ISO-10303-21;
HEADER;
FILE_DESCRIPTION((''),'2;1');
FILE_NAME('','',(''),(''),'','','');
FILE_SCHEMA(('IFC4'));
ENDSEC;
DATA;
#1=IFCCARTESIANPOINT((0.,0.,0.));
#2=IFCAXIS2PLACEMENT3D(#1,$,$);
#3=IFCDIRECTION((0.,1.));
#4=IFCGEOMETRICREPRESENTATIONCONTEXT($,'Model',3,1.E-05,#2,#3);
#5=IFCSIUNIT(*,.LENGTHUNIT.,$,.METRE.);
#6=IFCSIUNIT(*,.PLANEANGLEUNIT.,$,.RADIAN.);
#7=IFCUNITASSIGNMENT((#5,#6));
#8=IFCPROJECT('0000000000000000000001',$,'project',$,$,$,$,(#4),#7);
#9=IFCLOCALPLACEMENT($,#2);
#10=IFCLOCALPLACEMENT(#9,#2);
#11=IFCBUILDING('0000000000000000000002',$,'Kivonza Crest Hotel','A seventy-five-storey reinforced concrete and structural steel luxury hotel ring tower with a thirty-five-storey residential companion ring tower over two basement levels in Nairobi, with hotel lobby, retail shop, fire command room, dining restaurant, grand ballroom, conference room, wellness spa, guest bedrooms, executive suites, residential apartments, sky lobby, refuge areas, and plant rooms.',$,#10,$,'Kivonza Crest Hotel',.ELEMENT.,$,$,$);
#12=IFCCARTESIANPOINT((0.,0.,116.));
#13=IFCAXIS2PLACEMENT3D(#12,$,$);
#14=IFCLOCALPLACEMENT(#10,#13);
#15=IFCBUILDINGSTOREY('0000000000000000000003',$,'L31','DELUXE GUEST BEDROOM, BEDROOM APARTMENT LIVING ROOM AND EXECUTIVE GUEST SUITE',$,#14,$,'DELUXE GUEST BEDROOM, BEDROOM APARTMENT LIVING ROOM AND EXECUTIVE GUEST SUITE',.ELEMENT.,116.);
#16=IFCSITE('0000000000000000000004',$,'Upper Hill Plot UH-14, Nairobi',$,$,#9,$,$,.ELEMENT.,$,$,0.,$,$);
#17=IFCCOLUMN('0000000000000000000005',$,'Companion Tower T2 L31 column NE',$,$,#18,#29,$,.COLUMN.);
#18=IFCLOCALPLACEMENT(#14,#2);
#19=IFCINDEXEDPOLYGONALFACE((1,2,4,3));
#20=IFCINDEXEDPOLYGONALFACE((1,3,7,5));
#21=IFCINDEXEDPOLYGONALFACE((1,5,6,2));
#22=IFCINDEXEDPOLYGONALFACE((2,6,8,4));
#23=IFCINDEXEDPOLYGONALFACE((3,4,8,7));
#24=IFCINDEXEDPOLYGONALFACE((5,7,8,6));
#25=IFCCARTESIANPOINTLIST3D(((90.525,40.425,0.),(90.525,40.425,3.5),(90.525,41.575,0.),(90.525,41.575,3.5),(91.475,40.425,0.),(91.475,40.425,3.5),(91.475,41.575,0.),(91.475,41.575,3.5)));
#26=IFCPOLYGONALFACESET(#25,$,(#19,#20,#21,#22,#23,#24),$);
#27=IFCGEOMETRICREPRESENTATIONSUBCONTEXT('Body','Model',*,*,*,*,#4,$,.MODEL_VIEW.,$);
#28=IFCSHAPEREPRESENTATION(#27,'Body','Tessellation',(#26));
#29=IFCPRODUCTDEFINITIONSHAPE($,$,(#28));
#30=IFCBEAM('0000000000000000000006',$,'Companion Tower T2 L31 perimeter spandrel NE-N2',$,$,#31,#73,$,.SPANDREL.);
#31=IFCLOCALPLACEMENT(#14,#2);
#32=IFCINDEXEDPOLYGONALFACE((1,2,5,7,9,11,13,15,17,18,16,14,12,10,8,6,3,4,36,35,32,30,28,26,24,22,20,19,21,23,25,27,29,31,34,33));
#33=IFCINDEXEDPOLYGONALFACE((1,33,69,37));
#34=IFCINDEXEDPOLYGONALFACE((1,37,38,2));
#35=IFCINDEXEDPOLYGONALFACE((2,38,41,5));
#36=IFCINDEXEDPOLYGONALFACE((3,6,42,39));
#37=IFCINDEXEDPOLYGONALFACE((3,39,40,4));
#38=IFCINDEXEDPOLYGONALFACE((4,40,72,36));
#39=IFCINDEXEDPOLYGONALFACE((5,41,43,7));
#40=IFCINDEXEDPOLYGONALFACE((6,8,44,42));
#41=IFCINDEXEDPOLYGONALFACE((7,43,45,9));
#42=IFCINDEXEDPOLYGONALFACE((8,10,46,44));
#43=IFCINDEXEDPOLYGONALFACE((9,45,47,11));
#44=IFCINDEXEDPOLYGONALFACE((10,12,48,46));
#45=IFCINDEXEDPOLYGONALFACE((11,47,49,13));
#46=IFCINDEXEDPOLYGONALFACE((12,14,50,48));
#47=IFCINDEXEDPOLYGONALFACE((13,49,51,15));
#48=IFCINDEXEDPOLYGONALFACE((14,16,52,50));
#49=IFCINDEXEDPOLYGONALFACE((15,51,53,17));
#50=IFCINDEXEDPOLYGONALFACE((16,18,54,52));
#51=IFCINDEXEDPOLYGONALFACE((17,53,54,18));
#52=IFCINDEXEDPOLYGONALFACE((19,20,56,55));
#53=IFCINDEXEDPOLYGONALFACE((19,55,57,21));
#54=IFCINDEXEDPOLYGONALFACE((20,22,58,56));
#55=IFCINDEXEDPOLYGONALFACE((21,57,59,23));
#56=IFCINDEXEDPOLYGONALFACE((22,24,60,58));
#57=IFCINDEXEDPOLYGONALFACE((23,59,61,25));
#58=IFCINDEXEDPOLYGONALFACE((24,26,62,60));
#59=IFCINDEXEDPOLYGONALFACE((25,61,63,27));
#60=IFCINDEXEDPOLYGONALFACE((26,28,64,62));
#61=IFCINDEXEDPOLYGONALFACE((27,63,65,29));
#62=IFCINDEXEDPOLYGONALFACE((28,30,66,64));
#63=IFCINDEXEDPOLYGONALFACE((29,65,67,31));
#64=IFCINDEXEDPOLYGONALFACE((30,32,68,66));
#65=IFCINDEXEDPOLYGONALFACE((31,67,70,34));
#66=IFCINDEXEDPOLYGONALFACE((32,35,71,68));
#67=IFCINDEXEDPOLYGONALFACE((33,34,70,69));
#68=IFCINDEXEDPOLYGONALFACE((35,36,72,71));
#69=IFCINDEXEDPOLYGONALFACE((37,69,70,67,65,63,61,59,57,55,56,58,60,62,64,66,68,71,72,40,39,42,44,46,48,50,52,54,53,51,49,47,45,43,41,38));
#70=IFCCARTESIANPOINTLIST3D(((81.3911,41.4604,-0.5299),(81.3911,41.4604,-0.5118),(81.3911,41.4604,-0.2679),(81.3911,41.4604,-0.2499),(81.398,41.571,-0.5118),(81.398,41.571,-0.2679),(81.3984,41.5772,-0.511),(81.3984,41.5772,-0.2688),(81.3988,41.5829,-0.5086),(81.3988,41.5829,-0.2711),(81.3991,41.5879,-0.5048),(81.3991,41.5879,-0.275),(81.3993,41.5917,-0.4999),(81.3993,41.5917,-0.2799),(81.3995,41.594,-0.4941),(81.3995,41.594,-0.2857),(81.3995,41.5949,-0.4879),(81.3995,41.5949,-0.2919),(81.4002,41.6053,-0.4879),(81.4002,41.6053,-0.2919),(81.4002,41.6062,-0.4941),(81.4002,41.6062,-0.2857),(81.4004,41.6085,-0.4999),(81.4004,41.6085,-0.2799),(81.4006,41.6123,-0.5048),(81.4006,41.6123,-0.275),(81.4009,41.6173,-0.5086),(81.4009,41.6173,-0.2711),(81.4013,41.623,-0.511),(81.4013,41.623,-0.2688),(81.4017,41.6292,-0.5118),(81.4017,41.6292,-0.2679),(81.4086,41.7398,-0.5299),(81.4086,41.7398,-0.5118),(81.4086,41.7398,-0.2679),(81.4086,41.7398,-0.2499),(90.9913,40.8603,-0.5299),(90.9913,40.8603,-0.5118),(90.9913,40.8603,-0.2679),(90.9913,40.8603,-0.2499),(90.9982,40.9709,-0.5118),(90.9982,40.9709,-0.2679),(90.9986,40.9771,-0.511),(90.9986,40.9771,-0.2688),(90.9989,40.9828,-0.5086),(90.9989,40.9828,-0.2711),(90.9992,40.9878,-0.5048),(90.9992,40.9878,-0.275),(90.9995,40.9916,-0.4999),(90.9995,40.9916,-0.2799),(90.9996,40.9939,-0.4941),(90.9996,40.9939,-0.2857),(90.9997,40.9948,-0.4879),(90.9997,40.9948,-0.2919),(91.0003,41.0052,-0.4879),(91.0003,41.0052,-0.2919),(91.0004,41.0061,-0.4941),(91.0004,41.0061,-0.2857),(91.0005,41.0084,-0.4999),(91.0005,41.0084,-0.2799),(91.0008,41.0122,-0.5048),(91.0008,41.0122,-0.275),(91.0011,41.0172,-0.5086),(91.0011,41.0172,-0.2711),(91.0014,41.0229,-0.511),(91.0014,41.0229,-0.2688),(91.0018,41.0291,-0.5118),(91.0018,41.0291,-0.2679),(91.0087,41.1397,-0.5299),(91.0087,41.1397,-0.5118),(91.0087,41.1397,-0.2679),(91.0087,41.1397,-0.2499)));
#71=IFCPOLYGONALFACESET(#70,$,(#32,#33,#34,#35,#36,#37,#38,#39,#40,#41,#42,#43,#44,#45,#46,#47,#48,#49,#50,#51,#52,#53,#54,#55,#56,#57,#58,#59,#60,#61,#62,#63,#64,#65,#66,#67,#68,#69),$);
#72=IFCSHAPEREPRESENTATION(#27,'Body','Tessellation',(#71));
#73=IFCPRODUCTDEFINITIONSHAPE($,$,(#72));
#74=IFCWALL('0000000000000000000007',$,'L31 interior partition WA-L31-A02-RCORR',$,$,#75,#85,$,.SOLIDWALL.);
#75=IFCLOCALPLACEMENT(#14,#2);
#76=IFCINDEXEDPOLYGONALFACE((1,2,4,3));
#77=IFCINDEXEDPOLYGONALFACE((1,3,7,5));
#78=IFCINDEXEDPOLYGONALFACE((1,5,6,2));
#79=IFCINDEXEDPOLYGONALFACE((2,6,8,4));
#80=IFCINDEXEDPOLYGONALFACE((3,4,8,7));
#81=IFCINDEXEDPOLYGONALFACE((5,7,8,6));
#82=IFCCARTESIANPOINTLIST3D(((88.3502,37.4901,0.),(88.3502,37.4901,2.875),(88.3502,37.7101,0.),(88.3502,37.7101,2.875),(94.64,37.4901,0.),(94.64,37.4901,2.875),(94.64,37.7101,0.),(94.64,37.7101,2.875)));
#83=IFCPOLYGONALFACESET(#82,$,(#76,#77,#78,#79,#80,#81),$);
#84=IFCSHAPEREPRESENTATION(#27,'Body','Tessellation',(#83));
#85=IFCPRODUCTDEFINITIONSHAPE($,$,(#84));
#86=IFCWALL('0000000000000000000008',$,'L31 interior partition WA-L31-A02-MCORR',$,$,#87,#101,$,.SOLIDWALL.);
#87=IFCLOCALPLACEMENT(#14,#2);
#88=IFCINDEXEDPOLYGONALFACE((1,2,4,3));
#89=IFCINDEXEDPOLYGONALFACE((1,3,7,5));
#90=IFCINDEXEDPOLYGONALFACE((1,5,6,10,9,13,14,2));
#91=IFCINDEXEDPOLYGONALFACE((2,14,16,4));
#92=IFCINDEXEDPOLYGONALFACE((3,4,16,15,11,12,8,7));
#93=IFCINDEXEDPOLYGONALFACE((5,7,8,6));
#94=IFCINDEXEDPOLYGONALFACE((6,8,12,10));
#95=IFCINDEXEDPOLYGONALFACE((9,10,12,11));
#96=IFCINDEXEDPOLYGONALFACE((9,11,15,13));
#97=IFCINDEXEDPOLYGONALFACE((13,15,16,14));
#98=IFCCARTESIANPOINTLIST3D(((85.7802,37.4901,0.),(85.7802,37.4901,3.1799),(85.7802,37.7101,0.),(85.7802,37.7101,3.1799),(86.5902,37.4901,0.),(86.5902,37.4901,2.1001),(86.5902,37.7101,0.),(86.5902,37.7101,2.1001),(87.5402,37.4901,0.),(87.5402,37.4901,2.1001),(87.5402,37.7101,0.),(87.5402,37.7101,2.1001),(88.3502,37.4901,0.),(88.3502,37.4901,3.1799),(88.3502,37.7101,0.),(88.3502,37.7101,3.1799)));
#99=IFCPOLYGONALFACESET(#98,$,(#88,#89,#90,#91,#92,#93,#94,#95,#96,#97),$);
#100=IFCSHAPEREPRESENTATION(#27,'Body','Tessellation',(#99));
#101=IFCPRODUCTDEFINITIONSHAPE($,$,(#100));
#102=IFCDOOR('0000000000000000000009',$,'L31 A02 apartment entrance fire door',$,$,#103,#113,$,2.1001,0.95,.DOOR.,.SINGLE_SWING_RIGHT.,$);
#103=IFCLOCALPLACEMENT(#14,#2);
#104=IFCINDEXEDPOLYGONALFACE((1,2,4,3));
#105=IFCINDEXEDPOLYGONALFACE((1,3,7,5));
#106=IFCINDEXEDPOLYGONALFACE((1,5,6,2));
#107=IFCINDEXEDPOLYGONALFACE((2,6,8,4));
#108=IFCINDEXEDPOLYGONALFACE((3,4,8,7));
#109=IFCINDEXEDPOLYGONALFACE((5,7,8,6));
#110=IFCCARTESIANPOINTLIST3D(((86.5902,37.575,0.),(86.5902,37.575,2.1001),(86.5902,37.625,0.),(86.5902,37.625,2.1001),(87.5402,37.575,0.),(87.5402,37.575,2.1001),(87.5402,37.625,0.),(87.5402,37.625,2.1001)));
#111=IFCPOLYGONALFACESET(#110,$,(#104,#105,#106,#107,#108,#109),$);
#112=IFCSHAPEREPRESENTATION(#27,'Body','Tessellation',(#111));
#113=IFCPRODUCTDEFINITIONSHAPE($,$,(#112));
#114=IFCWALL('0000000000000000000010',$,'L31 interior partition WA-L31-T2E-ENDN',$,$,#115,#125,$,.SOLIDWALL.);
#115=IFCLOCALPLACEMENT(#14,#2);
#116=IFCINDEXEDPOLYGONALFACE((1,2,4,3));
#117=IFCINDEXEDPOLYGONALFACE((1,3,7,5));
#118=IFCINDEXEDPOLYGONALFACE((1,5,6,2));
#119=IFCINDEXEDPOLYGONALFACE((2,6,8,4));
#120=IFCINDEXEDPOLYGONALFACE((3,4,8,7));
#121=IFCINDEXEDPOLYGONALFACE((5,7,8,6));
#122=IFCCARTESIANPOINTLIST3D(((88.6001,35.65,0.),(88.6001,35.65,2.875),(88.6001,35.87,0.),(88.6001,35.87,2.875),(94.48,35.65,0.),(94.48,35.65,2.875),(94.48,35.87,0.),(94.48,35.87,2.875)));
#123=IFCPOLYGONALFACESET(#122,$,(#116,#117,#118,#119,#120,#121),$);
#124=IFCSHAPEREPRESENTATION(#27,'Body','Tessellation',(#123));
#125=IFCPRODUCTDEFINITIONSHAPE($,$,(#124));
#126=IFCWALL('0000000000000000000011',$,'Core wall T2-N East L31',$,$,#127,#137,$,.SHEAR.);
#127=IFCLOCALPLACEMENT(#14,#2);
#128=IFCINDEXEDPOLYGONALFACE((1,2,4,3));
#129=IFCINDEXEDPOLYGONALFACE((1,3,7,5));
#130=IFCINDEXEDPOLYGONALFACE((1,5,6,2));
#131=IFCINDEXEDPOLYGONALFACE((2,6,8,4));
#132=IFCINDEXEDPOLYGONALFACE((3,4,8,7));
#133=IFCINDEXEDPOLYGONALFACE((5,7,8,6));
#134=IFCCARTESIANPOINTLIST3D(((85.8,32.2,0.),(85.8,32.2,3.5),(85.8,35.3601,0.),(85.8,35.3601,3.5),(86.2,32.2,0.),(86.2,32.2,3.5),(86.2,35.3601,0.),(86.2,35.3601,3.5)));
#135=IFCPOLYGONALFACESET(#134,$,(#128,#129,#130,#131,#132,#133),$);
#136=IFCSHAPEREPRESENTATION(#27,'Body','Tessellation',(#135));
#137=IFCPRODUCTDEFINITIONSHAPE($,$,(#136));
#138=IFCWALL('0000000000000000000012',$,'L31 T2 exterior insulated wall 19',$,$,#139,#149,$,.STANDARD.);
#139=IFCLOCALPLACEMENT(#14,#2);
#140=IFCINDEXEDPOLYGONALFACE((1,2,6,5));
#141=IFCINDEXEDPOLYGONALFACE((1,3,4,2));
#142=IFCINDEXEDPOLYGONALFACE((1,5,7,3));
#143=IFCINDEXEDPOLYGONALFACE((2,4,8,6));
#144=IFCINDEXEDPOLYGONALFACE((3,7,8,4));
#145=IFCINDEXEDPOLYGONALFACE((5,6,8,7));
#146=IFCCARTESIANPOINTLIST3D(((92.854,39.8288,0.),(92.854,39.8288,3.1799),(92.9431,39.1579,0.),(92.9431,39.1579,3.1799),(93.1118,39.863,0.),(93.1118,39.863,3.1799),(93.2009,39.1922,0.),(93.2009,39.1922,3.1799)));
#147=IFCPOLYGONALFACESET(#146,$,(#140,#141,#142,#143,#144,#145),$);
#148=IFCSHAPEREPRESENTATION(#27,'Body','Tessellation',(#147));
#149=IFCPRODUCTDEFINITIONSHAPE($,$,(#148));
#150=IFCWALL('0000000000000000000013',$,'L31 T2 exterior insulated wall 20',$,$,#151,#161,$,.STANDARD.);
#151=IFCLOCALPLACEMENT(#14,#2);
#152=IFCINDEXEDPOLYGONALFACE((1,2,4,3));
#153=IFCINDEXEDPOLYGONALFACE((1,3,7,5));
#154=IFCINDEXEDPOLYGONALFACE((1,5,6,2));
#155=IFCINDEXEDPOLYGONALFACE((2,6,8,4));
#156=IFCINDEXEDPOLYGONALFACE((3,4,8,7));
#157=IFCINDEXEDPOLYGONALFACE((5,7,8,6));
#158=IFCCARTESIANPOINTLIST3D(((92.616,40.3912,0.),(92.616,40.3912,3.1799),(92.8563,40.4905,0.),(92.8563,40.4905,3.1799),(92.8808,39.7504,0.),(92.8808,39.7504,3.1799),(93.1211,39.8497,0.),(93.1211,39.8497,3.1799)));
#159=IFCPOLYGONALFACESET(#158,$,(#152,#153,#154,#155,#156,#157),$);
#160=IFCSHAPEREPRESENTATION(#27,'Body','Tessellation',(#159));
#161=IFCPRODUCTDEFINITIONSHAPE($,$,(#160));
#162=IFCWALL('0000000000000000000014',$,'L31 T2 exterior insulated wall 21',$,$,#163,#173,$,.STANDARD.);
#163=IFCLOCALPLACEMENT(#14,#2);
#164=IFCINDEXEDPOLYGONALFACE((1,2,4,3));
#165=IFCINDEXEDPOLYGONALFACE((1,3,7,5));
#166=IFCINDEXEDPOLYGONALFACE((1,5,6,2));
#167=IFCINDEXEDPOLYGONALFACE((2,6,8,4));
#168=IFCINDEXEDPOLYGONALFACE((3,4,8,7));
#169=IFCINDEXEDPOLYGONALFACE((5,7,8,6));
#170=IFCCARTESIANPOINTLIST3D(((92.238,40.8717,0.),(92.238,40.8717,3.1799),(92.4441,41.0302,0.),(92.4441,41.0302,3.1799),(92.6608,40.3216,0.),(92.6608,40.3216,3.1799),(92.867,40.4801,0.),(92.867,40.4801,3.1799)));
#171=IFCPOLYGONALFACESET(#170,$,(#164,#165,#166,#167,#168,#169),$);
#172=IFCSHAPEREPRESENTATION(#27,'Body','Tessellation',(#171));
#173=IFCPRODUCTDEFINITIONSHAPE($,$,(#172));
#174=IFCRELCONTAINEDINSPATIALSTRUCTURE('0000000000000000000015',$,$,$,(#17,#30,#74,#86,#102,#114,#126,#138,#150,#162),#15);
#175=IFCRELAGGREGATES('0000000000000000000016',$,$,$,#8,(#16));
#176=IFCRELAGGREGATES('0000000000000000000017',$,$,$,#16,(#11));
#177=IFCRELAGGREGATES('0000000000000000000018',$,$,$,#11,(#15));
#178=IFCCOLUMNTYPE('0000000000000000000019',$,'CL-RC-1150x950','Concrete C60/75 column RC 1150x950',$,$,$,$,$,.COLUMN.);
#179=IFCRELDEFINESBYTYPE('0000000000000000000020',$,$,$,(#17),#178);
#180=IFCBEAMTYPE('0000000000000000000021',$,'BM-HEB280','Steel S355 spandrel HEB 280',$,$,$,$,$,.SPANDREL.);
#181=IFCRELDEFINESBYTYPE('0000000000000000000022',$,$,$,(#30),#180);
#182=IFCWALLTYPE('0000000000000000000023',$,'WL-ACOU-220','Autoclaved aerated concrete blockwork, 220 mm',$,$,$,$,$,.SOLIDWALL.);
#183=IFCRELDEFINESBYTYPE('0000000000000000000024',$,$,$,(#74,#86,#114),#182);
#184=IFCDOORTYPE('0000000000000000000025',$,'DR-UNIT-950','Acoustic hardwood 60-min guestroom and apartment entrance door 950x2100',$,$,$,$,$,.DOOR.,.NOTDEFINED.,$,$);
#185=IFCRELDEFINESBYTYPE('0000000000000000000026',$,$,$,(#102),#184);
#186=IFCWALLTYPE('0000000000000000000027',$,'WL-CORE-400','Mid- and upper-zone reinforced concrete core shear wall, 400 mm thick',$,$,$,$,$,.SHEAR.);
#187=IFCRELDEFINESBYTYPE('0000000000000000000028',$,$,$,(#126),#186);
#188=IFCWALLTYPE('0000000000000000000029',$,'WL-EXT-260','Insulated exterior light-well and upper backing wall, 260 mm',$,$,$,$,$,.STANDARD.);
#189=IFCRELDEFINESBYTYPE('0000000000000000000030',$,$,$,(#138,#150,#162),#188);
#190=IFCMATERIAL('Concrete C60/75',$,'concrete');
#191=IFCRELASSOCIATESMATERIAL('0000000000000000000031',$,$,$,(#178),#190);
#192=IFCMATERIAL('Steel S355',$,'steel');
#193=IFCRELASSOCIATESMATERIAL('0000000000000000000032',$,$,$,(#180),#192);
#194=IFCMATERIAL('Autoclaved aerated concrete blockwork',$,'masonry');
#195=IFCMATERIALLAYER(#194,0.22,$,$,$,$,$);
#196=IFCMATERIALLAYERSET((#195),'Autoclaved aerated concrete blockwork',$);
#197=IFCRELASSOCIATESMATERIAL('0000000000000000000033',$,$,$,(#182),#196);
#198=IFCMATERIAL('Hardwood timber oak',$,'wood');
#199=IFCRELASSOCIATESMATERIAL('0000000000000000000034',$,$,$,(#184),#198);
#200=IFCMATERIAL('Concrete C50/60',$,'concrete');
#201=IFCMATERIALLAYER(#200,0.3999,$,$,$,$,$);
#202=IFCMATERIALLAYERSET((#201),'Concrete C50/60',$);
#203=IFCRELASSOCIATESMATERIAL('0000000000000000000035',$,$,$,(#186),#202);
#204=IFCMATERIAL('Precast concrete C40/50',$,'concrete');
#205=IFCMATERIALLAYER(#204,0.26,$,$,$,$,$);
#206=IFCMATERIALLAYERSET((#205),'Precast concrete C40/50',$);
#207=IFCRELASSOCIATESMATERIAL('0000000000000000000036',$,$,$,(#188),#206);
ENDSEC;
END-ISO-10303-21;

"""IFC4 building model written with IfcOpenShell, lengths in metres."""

from ifc_helpers import new_model, si_unit, direction, frame, frame_2d, origin, origin_2d, place, context, subcontext, project, spatial, rectangle, i_section, extrude, material, layer, layer_set, material_profile, profile_set, type_object, element, fill, save


model = new_model("IFC4")

# Units and contexts
model_context = context("Model", 3, precision=1e-05, world=origin(), true_north=direction((0.0, 1.0)))
body_context = subcontext(model_context, "Body", "Model", "MODEL_VIEW")
ifc_project = project(units=[si_unit("LENGTHUNIT", "METRE"), si_unit("PLANEANGLEUNIT", "RADIAN")], contexts=[model_context])

# Site, building, storey
site_placement = place(None, origin())
site = spatial("IfcSite", under=ifc_project, at=site_placement, Name="Upper Hill Plot UH-14, Nairobi", CompositionType="ELEMENT", RefElevation=0.0)
building_placement = place(site_placement, origin())
building = spatial("IfcBuilding", under=site, at=building_placement, Name="Kivonza Crest Hotel", Description="A seventy-five-storey reinforced concrete and structural steel luxury hotel ring tower with a thirty-five-storey residential companion ring tower over two basement levels in Nairobi, with hotel lobby, retail shop, fire command room, dining restaurant, grand ballroom, conference room, wellness spa, guest bedrooms, executive suites, residential apartments, sky lobby, refuge areas, and plant rooms.", LongName="Kivonza Crest Hotel", CompositionType="ELEMENT")
storey_placement = place(building_placement, frame((0.0, 0.0, 116.0)))
storey = spatial("IfcBuildingStorey", under=building, at=storey_placement, Name="L31", Description="DELUXE GUEST BEDROOM, BEDROOM APARTMENT LIVING ROOM AND EXECUTIVE GUEST SUITE", LongName="DELUXE GUEST BEDROOM, BEDROOM APARTMENT LIVING ROOM AND EXECUTIVE GUEST SUITE", CompositionType="ELEMENT", Elevation=116.0)

# Column
ifc_material_1 = material(Name="Concrete C60/75", Category="concrete")
ifc_material_profile_1 = material_profile(ifc_material_1, rectangle(XDim=0.95, YDim=1.1499, at=origin_2d()), Name="RC 1150x950")
ifc_profile_set_1 = profile_set([ifc_material_profile_1], Name="Concrete C60/75")
column_type = type_object("IfcColumnType", Name="CL-RC-1150x950", Description="Concrete C60/75 column RC 1150x950", PredefinedType="COLUMN", material=ifc_profile_set_1)
column_placement = place(storey_placement, frame((91.0, 41.0, 0.0), z_axis=(0.0, 0.0, 1.0), x_axis=(1.0, 0.0, 0.0)))
element("IfcColumn", 1, at=column_placement, inside=storey, type_object=column_type, Name="Companion Tower T2 L31 column NE", PredefinedType="COLUMN", context=body_context, shape_type="SweptSolid", body=[
    extrude(rectangle(XDim=0.95, YDim=1.1499, at=origin_2d()), origin(), (0.0, 0.0, 1.0), 3.5),
])

# Beam
ifc_material_2 = material(Name="Steel S355", Category="steel")
ifc_material_profile_2 = material_profile(ifc_material_2, i_section(OverallWidth=0.28, OverallDepth=0.28, WebThickness=0.0105, FlangeThickness=0.0181, FilletRadius=0.0239, at=origin_2d()), Name="HEB 280")
ifc_profile_set_2 = profile_set([ifc_material_profile_2], Name="Steel S355")
beam_type = type_object("IfcBeamType", Name="BM-HEB280", Description="Steel S355 spandrel HEB 280", PredefinedType="SPANDREL", material=ifc_profile_set_2)
beam_placement = place(storey_placement, frame((91.0, 41.0, -0.3899), z_axis=(-0.998052, 0.062388, 0.0), x_axis=(-0.062388, -0.998052, 0.0)))
element("IfcBeam", 2, at=beam_placement, inside=storey, type_object=beam_type, Name="Companion Tower T2 L31 perimeter spandrel NE-N2", PredefinedType="SPANDREL", context=body_context, shape_type="SweptSolid", body=[
    extrude(i_section(OverallWidth=0.28, OverallDepth=0.28, WebThickness=0.0105, FlangeThickness=0.0181, FilletRadius=0.0239, at=origin_2d()), origin(), (0.0, 0.0, 1.0), 9.6189),
])

# Wall
ifc_material_3 = material(Name="Autoclaved aerated concrete blockwork", Category="masonry")
ifc_layer_1 = layer(ifc_material_3, 0.22)
ifc_layer_set_1 = layer_set([ifc_layer_1], Name="Autoclaved aerated concrete blockwork")
wall_type_1 = type_object("IfcWallType", Name="WL-ACOU-220", Description="Autoclaved aerated concrete blockwork, 220 mm", PredefinedType="SOLIDWALL", material=ifc_layer_set_1)
wall_1_placement = place(storey_placement, frame((88.3501, 37.6001, 0.0), z_axis=(0.0, 0.0, 1.0), x_axis=(1.0, 0.0, 0.0)))
element("IfcWall", 3, at=wall_1_placement, inside=storey, type_object=wall_type_1, Name="L31 interior partition WA-L31-A02-RCORR", PredefinedType="SOLIDWALL", context=body_context, shape_type="SweptSolid", body=[
    extrude(rectangle(XDim=6.2898, YDim=0.22, at=frame_2d((3.145, 0.0))), origin(), (0.0, 0.0, 1.0), 2.875),
])

# Wall, opening, door
wall_2_placement = place(storey_placement, frame((85.78, 37.6001, 0.0), z_axis=(0.0, 0.0, 1.0), x_axis=(1.0, 0.0, 0.0)))
wall_2 = element("IfcWall", 4, at=wall_2_placement, inside=storey, type_object=wall_type_1, Name="L31 interior partition WA-L31-A02-MCORR", PredefinedType="SOLIDWALL", context=body_context, shape_type="SweptSolid", body=[
    extrude(rectangle(XDim=2.5701, YDim=0.22, at=frame_2d((1.2852, 0.0))), origin(), (0.0, 0.0, 1.0), 3.1799),
])
opening_1_placement = place(wall_2_placement, frame((0.8101, 0.0, 0.0)))
opening_1 = element("IfcOpeningElement", 5, at=opening_1_placement, cuts=wall_2, PredefinedType="OPENING", context=body_context, shape_type="SweptSolid", body=[
    extrude(rectangle(XDim=0.95, YDim=2.1001, at=frame_2d((0.4751, 1.05))), frame((0.0, 0.1201, 0.0), z_axis=(0.0, -1.0, 0.0), x_axis=(1.0, 0.0, 0.0)), (0.0, 0.0, 1.0), 0.24),
])
ifc_material_4 = material(Name="Hardwood timber oak", Category="wood")
door_type_1 = type_object("IfcDoorType", Name="DR-UNIT-950", Description="Acoustic hardwood 60-min guestroom and apartment entrance door 950x2100", OperationType="NOTDEFINED", PredefinedType="DOOR", material=ifc_material_4)
door_1_placement = place(opening_1_placement, origin())
door_1 = element("IfcDoor", 6, at=door_1_placement, inside=storey, type_object=door_type_1, Name="L31 A02 apartment entrance fire door", OperationType="SINGLE_SWING_RIGHT", OverallHeight=2.1001, OverallWidth=0.95, PredefinedType="DOOR", context=body_context, shape_type="SweptSolid", body=[
    extrude(rectangle(XDim=0.95, YDim=2.1001, at=frame_2d((0.4751, 1.05))), frame((0.0, 0.0249, 0.0), z_axis=(0.0, -1.0, 0.0), x_axis=(1.0, 0.0, 0.0)), (0.0, 0.0, 1.0), 0.05),
])
fill(opening_1, door_1)

# Walls
wall_3_placement = place(storey_placement, frame((88.6001, 35.76, 0.0), z_axis=(0.0, 0.0, 1.0), x_axis=(1.0, 0.0, 0.0)))
element("IfcWall", 7, at=wall_3_placement, inside=storey, type_object=wall_type_1, Name="L31 interior partition WA-L31-T2E-ENDN", PredefinedType="SOLIDWALL", context=body_context, shape_type="SweptSolid", body=[
    extrude(rectangle(XDim=5.8799, YDim=0.22, at=frame_2d((2.9399, 0.0))), origin(), (0.0, 0.0, 1.0), 2.875),
])
ifc_material_5 = material(Name="Concrete C50/60", Category="concrete")
ifc_layer_2 = layer(ifc_material_5, 0.3999)
ifc_layer_set_2 = layer_set([ifc_layer_2], Name="Concrete C50/60")
wall_type_2 = type_object("IfcWallType", Name="WL-CORE-400", Description="Mid- and upper-zone reinforced concrete core shear wall, 400 mm thick", PredefinedType="SHEAR", material=ifc_layer_set_2)
wall_4_placement = place(storey_placement, frame((86.0, 32.2, 0.0), z_axis=(0.0, 0.0, 1.0), x_axis=(0.0, 1.0, 0.0)))
element("IfcWall", 8, at=wall_4_placement, inside=storey, type_object=wall_type_2, Name="Core wall T2-N East L31", PredefinedType="SHEAR", context=body_context, shape_type="SweptSolid", body=[
    extrude(rectangle(XDim=3.1602, YDim=0.3999, at=frame_2d((1.5801, 0.0))), origin(), (0.0, 0.0, 1.0), 3.5),
])
ifc_material_6 = material(Name="Precast concrete C40/50", Category="concrete")
ifc_layer_3 = layer(ifc_material_6, 0.26)
ifc_layer_set_3 = layer_set([ifc_layer_3], Name="Precast concrete C40/50")
wall_type_3 = type_object("IfcWallType", Name="WL-EXT-260", Description="Insulated exterior light-well and upper backing wall, 260 mm", PredefinedType="STANDARD", material=ifc_layer_set_3)
wall_5_placement = place(storey_placement, frame((93.072, 39.175, 0.0), z_axis=(0.0, 0.0, 1.0), x_axis=(-0.131667, 0.991294, 0.0)))
element("IfcWall", 9, at=wall_5_placement, inside=storey, type_object=wall_type_3, Name="L31 T2 exterior insulated wall 19", PredefinedType="STANDARD", context=body_context, shape_type="SweptSolid", body=[
    extrude(rectangle(XDim=0.6768, YDim=0.26, at=frame_2d((0.3384, 0.0))), origin(), (0.0, 0.0, 1.0), 3.1799),
])
wall_6_placement = place(storey_placement, frame((93.001, 39.8, 0.0), z_axis=(0.0, 0.0, 1.0), x_axis=(-0.381989, 0.924167, 0.0)))
element("IfcWall", 10, at=wall_6_placement, inside=storey, type_object=wall_type_3, Name="L31 T2 exterior insulated wall 20", PredefinedType="STANDARD", context=body_context, shape_type="SweptSolid", body=[
    extrude(rectangle(XDim=0.6934, YDim=0.26, at=frame_2d((0.3467, 0.0))), origin(), (0.0, 0.0, 1.0), 3.1799),
])
wall_7_placement = place(storey_placement, frame((92.7639, 40.4009, 0.0), z_axis=(0.0, 0.0, 1.0), x_axis=(-0.609473, 0.792807, 0.0)))
element("IfcWall", 11, at=wall_7_placement, inside=storey, type_object=wall_type_3, Name="L31 T2 exterior insulated wall 21", PredefinedType="STANDARD", context=body_context, shape_type="SweptSolid", body=[
    extrude(rectangle(XDim=0.6938, YDim=0.26, at=frame_2d((0.3469, 0.0))), origin(), (0.0, 0.0, 1.0), 3.1799),
])

save(model, "model.ifc")
